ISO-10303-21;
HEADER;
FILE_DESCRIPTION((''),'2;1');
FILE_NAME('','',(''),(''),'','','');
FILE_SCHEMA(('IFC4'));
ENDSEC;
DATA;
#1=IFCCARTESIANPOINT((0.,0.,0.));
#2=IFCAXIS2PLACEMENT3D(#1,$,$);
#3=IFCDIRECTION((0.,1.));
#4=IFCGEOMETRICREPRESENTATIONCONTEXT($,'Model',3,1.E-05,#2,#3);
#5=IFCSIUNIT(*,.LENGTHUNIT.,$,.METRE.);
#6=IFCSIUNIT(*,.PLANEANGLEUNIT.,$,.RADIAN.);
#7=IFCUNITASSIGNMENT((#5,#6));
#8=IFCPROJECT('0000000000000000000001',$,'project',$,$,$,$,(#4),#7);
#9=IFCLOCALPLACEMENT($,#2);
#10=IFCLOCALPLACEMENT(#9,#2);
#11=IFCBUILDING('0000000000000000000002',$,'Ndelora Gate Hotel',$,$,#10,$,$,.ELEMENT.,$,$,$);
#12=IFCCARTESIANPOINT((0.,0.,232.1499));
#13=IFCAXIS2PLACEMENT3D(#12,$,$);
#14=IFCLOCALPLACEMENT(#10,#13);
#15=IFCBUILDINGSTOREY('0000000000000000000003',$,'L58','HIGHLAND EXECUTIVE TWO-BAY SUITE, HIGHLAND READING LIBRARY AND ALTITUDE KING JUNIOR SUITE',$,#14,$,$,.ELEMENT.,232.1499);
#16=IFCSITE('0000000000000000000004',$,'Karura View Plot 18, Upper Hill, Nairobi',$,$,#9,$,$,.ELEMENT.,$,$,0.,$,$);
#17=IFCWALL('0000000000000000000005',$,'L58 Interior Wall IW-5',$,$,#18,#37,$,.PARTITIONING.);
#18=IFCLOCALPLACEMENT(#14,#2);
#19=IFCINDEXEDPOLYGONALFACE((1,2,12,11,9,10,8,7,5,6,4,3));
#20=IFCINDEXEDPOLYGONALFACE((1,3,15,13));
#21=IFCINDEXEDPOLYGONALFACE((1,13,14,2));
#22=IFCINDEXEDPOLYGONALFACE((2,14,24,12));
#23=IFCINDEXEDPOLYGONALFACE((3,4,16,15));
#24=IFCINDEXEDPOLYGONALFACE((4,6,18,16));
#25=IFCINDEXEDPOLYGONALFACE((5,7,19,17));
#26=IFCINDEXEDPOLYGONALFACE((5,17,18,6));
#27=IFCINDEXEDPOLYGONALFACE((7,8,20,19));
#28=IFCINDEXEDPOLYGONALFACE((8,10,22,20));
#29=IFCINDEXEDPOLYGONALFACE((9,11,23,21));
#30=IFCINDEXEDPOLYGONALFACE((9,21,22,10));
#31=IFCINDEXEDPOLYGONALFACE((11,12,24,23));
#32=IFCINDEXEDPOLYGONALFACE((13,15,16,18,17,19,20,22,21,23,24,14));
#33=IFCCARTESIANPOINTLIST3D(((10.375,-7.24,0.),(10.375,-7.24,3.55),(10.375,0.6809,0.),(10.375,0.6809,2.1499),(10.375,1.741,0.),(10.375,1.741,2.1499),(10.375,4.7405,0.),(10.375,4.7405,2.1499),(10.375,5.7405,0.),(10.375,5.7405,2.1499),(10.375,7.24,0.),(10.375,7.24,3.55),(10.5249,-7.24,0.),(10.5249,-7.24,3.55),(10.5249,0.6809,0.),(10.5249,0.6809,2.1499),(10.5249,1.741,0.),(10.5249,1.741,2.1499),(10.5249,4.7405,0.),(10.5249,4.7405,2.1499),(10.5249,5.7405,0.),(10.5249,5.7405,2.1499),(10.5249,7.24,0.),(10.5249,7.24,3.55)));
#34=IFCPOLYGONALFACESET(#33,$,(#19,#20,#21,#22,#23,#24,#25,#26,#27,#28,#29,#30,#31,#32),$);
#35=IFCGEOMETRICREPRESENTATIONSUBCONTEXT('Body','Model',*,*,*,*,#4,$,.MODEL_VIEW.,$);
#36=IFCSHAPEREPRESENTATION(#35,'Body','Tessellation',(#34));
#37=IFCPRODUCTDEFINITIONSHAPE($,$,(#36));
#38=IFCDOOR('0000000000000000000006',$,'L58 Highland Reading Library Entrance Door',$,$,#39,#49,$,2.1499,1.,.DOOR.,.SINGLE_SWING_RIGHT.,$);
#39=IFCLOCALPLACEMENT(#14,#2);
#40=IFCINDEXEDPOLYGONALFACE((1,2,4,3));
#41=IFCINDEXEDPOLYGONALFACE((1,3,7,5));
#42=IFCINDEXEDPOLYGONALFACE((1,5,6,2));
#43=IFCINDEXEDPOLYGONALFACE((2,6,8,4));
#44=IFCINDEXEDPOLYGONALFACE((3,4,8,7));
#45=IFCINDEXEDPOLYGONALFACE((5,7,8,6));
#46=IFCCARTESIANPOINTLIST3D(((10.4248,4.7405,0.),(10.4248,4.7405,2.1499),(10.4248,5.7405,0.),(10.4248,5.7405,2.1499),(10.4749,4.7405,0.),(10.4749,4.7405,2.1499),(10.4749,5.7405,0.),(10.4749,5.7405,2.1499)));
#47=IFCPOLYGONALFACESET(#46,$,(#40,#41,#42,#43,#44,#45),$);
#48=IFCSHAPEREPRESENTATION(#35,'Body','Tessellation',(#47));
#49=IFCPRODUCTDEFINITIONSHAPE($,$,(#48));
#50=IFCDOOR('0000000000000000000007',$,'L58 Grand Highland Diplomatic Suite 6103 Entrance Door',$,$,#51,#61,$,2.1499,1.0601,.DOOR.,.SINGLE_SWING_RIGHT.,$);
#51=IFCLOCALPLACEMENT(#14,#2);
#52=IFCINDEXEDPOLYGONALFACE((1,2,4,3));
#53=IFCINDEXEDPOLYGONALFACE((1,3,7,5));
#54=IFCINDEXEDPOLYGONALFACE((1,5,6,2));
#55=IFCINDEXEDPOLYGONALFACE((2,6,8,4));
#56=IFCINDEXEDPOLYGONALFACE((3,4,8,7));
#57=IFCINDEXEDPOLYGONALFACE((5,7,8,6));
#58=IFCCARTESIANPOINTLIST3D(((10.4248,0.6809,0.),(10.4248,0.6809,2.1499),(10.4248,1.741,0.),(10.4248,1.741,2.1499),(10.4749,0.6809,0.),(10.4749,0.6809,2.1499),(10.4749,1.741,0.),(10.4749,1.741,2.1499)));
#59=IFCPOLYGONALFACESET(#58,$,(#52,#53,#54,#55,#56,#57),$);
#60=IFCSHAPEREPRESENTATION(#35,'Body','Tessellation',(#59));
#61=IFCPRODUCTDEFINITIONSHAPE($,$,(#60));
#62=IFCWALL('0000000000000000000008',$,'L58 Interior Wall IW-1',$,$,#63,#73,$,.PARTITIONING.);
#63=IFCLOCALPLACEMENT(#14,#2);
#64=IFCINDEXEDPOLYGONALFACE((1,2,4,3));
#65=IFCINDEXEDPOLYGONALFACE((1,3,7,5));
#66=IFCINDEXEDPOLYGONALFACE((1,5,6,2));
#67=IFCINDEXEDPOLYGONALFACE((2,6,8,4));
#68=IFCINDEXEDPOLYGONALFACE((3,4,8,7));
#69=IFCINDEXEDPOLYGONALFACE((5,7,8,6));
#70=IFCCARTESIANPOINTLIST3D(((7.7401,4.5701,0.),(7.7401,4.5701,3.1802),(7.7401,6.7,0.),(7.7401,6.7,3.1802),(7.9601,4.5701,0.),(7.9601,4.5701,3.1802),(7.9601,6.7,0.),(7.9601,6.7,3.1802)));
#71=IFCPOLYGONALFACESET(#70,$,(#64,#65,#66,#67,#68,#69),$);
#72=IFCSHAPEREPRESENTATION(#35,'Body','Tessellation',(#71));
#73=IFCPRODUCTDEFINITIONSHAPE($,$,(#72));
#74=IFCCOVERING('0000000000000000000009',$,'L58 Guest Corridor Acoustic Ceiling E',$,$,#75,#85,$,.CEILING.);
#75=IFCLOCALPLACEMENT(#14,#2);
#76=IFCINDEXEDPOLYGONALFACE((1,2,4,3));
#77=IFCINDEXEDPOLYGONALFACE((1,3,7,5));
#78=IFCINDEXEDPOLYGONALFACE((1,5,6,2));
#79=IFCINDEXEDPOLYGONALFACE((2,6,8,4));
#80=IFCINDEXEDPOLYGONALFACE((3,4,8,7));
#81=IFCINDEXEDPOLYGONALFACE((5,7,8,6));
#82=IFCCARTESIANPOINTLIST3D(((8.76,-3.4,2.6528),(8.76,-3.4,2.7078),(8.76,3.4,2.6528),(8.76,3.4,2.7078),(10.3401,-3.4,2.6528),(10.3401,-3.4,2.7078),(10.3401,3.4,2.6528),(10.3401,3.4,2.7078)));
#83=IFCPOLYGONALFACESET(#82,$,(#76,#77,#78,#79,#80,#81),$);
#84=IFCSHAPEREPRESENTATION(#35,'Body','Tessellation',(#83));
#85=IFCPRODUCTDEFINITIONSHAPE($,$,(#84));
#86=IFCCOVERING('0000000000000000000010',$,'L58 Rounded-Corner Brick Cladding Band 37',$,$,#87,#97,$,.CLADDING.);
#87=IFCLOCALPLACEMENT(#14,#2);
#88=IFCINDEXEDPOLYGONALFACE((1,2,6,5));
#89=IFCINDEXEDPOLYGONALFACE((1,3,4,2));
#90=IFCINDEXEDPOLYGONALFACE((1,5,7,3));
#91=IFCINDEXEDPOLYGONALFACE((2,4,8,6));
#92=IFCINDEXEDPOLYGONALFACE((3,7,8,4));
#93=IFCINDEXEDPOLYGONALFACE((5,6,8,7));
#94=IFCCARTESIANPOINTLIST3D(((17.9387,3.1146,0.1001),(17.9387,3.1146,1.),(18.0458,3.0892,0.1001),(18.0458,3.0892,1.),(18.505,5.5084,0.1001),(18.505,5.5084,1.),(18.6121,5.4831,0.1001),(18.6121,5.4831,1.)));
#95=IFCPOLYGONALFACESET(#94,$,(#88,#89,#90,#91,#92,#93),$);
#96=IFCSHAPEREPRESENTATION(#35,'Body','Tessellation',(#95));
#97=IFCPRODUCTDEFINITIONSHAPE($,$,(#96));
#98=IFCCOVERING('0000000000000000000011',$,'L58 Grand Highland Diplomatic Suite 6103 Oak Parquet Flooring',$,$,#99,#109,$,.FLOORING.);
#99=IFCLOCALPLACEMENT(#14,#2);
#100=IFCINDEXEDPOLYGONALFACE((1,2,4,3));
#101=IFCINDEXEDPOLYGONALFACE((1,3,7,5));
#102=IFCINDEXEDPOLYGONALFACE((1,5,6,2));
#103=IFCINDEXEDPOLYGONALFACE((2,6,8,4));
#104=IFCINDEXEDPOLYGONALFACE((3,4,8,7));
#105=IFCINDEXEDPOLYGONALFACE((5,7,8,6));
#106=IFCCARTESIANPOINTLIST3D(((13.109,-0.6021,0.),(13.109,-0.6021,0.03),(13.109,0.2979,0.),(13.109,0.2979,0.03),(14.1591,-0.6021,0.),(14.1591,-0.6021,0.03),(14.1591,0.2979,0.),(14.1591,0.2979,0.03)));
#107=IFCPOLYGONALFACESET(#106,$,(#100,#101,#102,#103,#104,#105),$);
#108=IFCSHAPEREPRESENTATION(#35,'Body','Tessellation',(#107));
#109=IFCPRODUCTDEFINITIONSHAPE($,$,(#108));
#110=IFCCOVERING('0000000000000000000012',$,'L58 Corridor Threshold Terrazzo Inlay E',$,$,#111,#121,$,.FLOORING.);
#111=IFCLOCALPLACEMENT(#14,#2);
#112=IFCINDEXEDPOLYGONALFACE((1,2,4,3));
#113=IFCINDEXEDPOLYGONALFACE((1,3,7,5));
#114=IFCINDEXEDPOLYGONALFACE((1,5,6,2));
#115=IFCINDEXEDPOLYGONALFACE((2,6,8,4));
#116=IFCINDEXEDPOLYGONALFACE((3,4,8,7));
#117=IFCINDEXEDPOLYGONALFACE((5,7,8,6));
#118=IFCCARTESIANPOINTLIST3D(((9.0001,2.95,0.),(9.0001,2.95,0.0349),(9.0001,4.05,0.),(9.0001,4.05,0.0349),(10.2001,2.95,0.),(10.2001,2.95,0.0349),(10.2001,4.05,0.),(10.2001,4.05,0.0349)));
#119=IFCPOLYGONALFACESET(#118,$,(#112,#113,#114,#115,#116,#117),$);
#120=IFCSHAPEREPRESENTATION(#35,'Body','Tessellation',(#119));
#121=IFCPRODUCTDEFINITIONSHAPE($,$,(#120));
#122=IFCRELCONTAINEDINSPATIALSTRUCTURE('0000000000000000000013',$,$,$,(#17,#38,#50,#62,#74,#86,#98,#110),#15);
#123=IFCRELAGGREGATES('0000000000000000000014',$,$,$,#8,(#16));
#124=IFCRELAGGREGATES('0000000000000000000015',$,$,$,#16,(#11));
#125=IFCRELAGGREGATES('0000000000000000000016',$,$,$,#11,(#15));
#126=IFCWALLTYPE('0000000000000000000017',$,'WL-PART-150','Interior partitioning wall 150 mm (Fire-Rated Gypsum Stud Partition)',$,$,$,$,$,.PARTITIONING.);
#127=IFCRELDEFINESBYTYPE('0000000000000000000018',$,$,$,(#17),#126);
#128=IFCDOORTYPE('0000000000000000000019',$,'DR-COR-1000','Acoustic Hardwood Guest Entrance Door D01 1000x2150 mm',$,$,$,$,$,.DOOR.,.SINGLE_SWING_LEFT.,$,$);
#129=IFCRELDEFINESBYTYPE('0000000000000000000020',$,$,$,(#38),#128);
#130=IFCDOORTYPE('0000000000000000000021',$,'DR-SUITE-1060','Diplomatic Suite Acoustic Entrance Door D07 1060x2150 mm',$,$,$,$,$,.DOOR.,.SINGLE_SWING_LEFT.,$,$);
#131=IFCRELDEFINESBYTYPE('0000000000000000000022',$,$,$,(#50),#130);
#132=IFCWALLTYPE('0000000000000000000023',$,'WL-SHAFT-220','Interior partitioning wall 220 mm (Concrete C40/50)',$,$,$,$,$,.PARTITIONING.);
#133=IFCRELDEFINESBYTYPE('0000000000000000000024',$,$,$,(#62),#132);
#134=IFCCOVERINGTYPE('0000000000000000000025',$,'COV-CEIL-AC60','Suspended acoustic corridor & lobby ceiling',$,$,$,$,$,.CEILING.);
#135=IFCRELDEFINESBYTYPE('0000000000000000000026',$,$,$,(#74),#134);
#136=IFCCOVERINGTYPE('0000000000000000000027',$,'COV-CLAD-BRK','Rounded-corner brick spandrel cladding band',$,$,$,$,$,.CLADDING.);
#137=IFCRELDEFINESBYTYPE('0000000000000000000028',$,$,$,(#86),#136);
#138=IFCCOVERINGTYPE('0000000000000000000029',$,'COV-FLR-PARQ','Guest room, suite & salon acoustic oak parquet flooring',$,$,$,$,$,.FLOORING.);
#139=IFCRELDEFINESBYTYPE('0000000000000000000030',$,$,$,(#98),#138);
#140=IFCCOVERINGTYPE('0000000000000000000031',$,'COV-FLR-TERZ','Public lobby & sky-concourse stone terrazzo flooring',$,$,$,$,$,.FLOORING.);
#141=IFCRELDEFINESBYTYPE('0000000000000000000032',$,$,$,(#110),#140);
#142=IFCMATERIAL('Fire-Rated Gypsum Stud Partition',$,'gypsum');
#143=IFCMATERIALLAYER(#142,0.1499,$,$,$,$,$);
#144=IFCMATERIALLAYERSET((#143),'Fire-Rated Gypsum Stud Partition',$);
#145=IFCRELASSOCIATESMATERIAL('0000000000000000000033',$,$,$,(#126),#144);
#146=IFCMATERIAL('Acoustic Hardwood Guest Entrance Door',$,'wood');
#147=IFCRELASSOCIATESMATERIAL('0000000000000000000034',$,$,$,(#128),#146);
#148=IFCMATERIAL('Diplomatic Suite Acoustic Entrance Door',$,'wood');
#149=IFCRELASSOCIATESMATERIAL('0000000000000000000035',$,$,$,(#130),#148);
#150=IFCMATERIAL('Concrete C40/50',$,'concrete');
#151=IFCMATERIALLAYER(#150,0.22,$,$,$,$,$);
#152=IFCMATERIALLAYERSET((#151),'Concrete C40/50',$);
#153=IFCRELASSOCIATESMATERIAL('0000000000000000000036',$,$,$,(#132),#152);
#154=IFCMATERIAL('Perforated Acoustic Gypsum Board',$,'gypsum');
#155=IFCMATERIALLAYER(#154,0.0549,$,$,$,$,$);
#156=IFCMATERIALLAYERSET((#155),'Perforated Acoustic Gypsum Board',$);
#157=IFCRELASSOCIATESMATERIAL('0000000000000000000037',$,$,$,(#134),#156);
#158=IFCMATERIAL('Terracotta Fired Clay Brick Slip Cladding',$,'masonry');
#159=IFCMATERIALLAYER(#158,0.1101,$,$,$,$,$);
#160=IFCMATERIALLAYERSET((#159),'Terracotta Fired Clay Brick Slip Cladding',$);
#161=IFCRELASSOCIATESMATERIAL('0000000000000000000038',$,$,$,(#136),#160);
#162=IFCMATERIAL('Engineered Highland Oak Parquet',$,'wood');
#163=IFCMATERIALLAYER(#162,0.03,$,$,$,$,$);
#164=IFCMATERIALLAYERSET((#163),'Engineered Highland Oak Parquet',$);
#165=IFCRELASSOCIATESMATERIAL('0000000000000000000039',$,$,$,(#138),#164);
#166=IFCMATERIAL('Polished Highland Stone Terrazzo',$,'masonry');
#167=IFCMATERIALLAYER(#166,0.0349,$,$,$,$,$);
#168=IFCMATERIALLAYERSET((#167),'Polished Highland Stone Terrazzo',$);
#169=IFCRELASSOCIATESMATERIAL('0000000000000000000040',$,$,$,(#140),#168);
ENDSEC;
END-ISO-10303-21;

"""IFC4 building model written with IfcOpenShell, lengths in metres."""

from ifc_helpers import new_model, si_unit, direction, frame, frame_2d, origin, origin_2d, place, context, subcontext, project, spatial, rectangle, extrude, material, layer, layer_set, type_object, element, fill, save


model = new_model("IFC4")

# Units and contexts
model_context = context("Model", 3, precision=1e-05, world=origin(), true_north=direction((0.0, 1.0)))
body_context = subcontext(model_context, "Body", "Model", "MODEL_VIEW")
ifc_project = project(units=[si_unit("LENGTHUNIT", "METRE"), si_unit("PLANEANGLEUNIT", "RADIAN")], contexts=[model_context])

# Site, building, storey
site_placement = place(None, origin())
site = spatial("IfcSite", under=ifc_project, at=site_placement, Name="Karura View Plot 18, Upper Hill, Nairobi", CompositionType="ELEMENT", RefElevation=0.0)
building_placement = place(site_placement, origin())
building = spatial("IfcBuilding", under=site, at=building_placement, Name="Ndelora Gate Hotel", CompositionType="ELEMENT")
storey_placement = place(building_placement, frame((0.0, 0.0, 232.1499)))
storey = spatial("IfcBuildingStorey", under=building, at=storey_placement, Name="L58", Description="HIGHLAND EXECUTIVE TWO-BAY SUITE, HIGHLAND READING LIBRARY AND ALTITUDE KING JUNIOR SUITE", CompositionType="ELEMENT", Elevation=232.1499)

# Shared definitions
ifc_material_1 = material(Name="Concrete C40/50", Category="concrete")

# Wall, openings, doors
ifc_material_2 = material(Name="Fire-Rated Gypsum Stud Partition", Category="gypsum")
ifc_layer_1 = layer(ifc_material_2, 0.1499)
ifc_layer_set_1 = layer_set([ifc_layer_1], Name="Fire-Rated Gypsum Stud Partition")
wall_type_1 = type_object("IfcWallType", Name="WL-PART-150", Description="Interior partitioning wall 150 mm (Fire-Rated Gypsum Stud Partition)", PredefinedType="PARTITIONING", material=ifc_layer_set_1)
wall_1_placement = place(storey_placement, frame((10.45, 7.24, 0.0), z_axis=(0.0, 0.0, 1.0), x_axis=(0.0, -1.0, 0.0)))
wall_1 = element("IfcWall", 1, at=wall_1_placement, inside=storey, type_object=wall_type_1, Name="L58 Interior Wall IW-5", PredefinedType="PARTITIONING", context=body_context, shape_type="SweptSolid", body=[
    extrude(rectangle(XDim=14.48, YDim=0.1499, at=frame_2d((7.24, 0.0))), origin(), (0.0, 0.0, 1.0), 3.55),
])
opening_1_placement = place(wall_1_placement, frame((5.499, 0.0, 0.0)))
opening_1 = element("IfcOpeningElement", 2, at=opening_1_placement, cuts=wall_1, PredefinedType="OPENING", context=body_context, shape_type="SweptSolid", body=[
    extrude(rectangle(XDim=1.0601, YDim=2.1499, at=frame_2d((0.53, 1.075))), frame((0.0, 0.085, 0.0), z_axis=(0.0, -1.0, 0.0), x_axis=(1.0, 0.0, 0.0)), (0.0, 0.0, 1.0), 0.1699),
])
opening_2_placement = place(wall_1_placement, frame((1.4995, 0.0, 0.0)))
opening_2 = element("IfcOpeningElement", 3, at=opening_2_placement, cuts=wall_1, PredefinedType="OPENING", context=body_context, shape_type="SweptSolid", body=[
    extrude(rectangle(XDim=1.0, YDim=2.1499, at=frame_2d((0.5, 1.075))), frame((0.0, 0.085, 0.0), z_axis=(0.0, -1.0, 0.0), x_axis=(1.0, 0.0, 0.0)), (0.0, 0.0, 1.0), 0.1699),
])
ifc_material_3 = material(Name="Acoustic Hardwood Guest Entrance Door", Category="wood")
door_type_1 = type_object("IfcDoorType", Name="DR-COR-1000", Description="Acoustic Hardwood Guest Entrance Door D01 1000x2150 mm", OperationType="SINGLE_SWING_LEFT", PredefinedType="DOOR", material=ifc_material_3)
door_1_placement = place(opening_2_placement, origin())
door_1 = element("IfcDoor", 4, at=door_1_placement, inside=storey, type_object=door_type_1, Name="L58 Highland Reading Library Entrance Door", OperationType="SINGLE_SWING_RIGHT", OverallHeight=2.1499, OverallWidth=1.0, PredefinedType="DOOR", context=body_context, shape_type="SweptSolid", body=[
    extrude(rectangle(XDim=1.0, YDim=2.1499, at=frame_2d((0.5, 1.075))), frame((0.0, 0.0249, 0.0), z_axis=(0.0, -1.0, 0.0), x_axis=(1.0, 0.0, 0.0)), (0.0, 0.0, 1.0), 0.05),
])
fill(opening_2, door_1)
ifc_material_4 = material(Name="Diplomatic Suite Acoustic Entrance Door", Category="wood")
door_type_2 = type_object("IfcDoorType", Name="DR-SUITE-1060", Description="Diplomatic Suite Acoustic Entrance Door D07 1060x2150 mm", OperationType="SINGLE_SWING_LEFT", PredefinedType="DOOR", material=ifc_material_4)
door_2_placement = place(opening_1_placement, origin())
door_2 = element("IfcDoor", 5, at=door_2_placement, inside=storey, type_object=door_type_2, Name="L58 Grand Highland Diplomatic Suite 6103 Entrance Door", OperationType="SINGLE_SWING_RIGHT", OverallHeight=2.1499, OverallWidth=1.0601, PredefinedType="DOOR", context=body_context, shape_type="SweptSolid", body=[
    extrude(rectangle(XDim=1.0601, YDim=2.1499, at=frame_2d((0.53, 1.075))), frame((0.0, 0.0249, 0.0), z_axis=(0.0, -1.0, 0.0), x_axis=(1.0, 0.0, 0.0)), (0.0, 0.0, 1.0), 0.05),
])
fill(opening_1, door_2)

# Wall
ifc_layer_2 = layer(ifc_material_1, 0.22)
ifc_layer_set_2 = layer_set([ifc_layer_2], Name="Concrete C40/50")
wall_type_2 = type_object("IfcWallType", Name="WL-SHAFT-220", Description="Interior partitioning wall 220 mm (Concrete C40/50)", PredefinedType="PARTITIONING", material=ifc_layer_set_2)
wall_2_placement = place(storey_placement, frame((7.8501, 4.5701, 0.0), z_axis=(0.0, 0.0, 1.0), x_axis=(0.0, 1.0, 0.0)))
element("IfcWall", 6, at=wall_2_placement, inside=storey, type_object=wall_type_2, Name="L58 Interior Wall IW-1", PredefinedType="PARTITIONING", context=body_context, shape_type="SweptSolid", body=[
    extrude(rectangle(XDim=2.1299, YDim=0.22, at=frame_2d((1.0649, 0.0))), origin(), (0.0, 0.0, 1.0), 3.1802),
])

# Coverings
ifc_material_5 = material(Name="Perforated Acoustic Gypsum Board", Category="gypsum")
ifc_layer_3 = layer(ifc_material_5, 0.0549)
ifc_layer_set_3 = layer_set([ifc_layer_3], Name="Perforated Acoustic Gypsum Board")
covering_type_1 = type_object("IfcCoveringType", Name="COV-CEIL-AC60", Description="Suspended acoustic corridor & lobby ceiling", PredefinedType="CEILING", material=ifc_layer_set_3)
covering_1_placement = place(storey_placement, frame((9.55, 0.0, 2.6528), z_axis=(0.0, 0.0, 1.0), x_axis=(1.0, 0.0, 0.0)))
element("IfcCovering", 7, at=covering_1_placement, inside=storey, type_object=covering_type_1, Name="L58 Guest Corridor Acoustic Ceiling E", PredefinedType="CEILING", context=body_context, shape_type="SweptSolid", body=[
    extrude(rectangle(XDim=1.5801, YDim=6.8, at=origin_2d()), origin(), (0.0, 0.0, 1.0), 0.0549),
])
ifc_material_6 = material(Name="Terracotta Fired Clay Brick Slip Cladding", Category="masonry")
ifc_layer_4 = layer(ifc_material_6, 0.1101)
ifc_layer_set_4 = layer_set([ifc_layer_4], Name="Terracotta Fired Clay Brick Slip Cladding")
covering_type_2 = type_object("IfcCoveringType", Name="COV-CLAD-BRK", Description="Rounded-corner brick spandrel cladding band", PredefinedType="CLADDING", material=ifc_layer_set_4)
covering_2_placement = place(storey_placement, frame((18.2754, 4.2988, 0.1001), z_axis=(0.0, 0.0, 1.0), x_axis=(0.23022, 0.973139, 0.0)))
element("IfcCovering", 8, at=covering_2_placement, inside=storey, type_object=covering_type_2, Name="L58 Rounded-Corner Brick Cladding Band 37", PredefinedType="CLADDING", context=body_context, shape_type="SweptSolid", body=[
    extrude(rectangle(XDim=2.46, YDim=0.1101, at=origin_2d()), origin(), (0.0, 0.0, 1.0), 0.8999),
])
ifc_material_7 = material(Name="Engineered Highland Oak Parquet", Category="wood")
ifc_layer_5 = layer(ifc_material_7, 0.03)
ifc_layer_set_5 = layer_set([ifc_layer_5], Name="Engineered Highland Oak Parquet")
covering_type_3 = type_object("IfcCoveringType", Name="COV-FLR-PARQ", Description="Guest room, suite & salon acoustic oak parquet flooring", PredefinedType="FLOORING", material=ifc_layer_set_5)
covering_3_placement = place(storey_placement, frame((13.634, -0.1521, 0.0), z_axis=(0.0, 0.0, 1.0), x_axis=(1.0, 0.0, 0.0)))
element("IfcCovering", 9, at=covering_3_placement, inside=storey, type_object=covering_type_3, Name="L58 Grand Highland Diplomatic Suite 6103 Oak Parquet Flooring", PredefinedType="FLOORING", context=body_context, shape_type="SweptSolid", body=[
    extrude(rectangle(XDim=1.05, YDim=0.8999, at=origin_2d()), origin(), (0.0, 0.0, 1.0), 0.03),
])
ifc_material_8 = material(Name="Polished Highland Stone Terrazzo", Category="masonry")
ifc_layer_6 = layer(ifc_material_8, 0.0349)
ifc_layer_set_6 = layer_set([ifc_layer_6], Name="Polished Highland Stone Terrazzo")
covering_type_4 = type_object("IfcCoveringType", Name="COV-FLR-TERZ", Description="Public lobby & sky-concourse stone terrazzo flooring", PredefinedType="FLOORING", material=ifc_layer_set_6)
covering_4_placement = place(storey_placement, frame((9.6001, 3.5, 0.0), z_axis=(0.0, 0.0, 1.0), x_axis=(1.0, 0.0, 0.0)))
element("IfcCovering", 10, at=covering_4_placement, inside=storey, type_object=covering_type_4, Name="L58 Corridor Threshold Terrazzo Inlay E", PredefinedType="FLOORING", context=body_context, shape_type="SweptSolid", body=[
    extrude(rectangle(XDim=1.2, YDim=1.1001, at=origin_2d()), origin(), (0.0, 0.0, 1.0), 0.0349),
])

save(model, "model.ifc")
